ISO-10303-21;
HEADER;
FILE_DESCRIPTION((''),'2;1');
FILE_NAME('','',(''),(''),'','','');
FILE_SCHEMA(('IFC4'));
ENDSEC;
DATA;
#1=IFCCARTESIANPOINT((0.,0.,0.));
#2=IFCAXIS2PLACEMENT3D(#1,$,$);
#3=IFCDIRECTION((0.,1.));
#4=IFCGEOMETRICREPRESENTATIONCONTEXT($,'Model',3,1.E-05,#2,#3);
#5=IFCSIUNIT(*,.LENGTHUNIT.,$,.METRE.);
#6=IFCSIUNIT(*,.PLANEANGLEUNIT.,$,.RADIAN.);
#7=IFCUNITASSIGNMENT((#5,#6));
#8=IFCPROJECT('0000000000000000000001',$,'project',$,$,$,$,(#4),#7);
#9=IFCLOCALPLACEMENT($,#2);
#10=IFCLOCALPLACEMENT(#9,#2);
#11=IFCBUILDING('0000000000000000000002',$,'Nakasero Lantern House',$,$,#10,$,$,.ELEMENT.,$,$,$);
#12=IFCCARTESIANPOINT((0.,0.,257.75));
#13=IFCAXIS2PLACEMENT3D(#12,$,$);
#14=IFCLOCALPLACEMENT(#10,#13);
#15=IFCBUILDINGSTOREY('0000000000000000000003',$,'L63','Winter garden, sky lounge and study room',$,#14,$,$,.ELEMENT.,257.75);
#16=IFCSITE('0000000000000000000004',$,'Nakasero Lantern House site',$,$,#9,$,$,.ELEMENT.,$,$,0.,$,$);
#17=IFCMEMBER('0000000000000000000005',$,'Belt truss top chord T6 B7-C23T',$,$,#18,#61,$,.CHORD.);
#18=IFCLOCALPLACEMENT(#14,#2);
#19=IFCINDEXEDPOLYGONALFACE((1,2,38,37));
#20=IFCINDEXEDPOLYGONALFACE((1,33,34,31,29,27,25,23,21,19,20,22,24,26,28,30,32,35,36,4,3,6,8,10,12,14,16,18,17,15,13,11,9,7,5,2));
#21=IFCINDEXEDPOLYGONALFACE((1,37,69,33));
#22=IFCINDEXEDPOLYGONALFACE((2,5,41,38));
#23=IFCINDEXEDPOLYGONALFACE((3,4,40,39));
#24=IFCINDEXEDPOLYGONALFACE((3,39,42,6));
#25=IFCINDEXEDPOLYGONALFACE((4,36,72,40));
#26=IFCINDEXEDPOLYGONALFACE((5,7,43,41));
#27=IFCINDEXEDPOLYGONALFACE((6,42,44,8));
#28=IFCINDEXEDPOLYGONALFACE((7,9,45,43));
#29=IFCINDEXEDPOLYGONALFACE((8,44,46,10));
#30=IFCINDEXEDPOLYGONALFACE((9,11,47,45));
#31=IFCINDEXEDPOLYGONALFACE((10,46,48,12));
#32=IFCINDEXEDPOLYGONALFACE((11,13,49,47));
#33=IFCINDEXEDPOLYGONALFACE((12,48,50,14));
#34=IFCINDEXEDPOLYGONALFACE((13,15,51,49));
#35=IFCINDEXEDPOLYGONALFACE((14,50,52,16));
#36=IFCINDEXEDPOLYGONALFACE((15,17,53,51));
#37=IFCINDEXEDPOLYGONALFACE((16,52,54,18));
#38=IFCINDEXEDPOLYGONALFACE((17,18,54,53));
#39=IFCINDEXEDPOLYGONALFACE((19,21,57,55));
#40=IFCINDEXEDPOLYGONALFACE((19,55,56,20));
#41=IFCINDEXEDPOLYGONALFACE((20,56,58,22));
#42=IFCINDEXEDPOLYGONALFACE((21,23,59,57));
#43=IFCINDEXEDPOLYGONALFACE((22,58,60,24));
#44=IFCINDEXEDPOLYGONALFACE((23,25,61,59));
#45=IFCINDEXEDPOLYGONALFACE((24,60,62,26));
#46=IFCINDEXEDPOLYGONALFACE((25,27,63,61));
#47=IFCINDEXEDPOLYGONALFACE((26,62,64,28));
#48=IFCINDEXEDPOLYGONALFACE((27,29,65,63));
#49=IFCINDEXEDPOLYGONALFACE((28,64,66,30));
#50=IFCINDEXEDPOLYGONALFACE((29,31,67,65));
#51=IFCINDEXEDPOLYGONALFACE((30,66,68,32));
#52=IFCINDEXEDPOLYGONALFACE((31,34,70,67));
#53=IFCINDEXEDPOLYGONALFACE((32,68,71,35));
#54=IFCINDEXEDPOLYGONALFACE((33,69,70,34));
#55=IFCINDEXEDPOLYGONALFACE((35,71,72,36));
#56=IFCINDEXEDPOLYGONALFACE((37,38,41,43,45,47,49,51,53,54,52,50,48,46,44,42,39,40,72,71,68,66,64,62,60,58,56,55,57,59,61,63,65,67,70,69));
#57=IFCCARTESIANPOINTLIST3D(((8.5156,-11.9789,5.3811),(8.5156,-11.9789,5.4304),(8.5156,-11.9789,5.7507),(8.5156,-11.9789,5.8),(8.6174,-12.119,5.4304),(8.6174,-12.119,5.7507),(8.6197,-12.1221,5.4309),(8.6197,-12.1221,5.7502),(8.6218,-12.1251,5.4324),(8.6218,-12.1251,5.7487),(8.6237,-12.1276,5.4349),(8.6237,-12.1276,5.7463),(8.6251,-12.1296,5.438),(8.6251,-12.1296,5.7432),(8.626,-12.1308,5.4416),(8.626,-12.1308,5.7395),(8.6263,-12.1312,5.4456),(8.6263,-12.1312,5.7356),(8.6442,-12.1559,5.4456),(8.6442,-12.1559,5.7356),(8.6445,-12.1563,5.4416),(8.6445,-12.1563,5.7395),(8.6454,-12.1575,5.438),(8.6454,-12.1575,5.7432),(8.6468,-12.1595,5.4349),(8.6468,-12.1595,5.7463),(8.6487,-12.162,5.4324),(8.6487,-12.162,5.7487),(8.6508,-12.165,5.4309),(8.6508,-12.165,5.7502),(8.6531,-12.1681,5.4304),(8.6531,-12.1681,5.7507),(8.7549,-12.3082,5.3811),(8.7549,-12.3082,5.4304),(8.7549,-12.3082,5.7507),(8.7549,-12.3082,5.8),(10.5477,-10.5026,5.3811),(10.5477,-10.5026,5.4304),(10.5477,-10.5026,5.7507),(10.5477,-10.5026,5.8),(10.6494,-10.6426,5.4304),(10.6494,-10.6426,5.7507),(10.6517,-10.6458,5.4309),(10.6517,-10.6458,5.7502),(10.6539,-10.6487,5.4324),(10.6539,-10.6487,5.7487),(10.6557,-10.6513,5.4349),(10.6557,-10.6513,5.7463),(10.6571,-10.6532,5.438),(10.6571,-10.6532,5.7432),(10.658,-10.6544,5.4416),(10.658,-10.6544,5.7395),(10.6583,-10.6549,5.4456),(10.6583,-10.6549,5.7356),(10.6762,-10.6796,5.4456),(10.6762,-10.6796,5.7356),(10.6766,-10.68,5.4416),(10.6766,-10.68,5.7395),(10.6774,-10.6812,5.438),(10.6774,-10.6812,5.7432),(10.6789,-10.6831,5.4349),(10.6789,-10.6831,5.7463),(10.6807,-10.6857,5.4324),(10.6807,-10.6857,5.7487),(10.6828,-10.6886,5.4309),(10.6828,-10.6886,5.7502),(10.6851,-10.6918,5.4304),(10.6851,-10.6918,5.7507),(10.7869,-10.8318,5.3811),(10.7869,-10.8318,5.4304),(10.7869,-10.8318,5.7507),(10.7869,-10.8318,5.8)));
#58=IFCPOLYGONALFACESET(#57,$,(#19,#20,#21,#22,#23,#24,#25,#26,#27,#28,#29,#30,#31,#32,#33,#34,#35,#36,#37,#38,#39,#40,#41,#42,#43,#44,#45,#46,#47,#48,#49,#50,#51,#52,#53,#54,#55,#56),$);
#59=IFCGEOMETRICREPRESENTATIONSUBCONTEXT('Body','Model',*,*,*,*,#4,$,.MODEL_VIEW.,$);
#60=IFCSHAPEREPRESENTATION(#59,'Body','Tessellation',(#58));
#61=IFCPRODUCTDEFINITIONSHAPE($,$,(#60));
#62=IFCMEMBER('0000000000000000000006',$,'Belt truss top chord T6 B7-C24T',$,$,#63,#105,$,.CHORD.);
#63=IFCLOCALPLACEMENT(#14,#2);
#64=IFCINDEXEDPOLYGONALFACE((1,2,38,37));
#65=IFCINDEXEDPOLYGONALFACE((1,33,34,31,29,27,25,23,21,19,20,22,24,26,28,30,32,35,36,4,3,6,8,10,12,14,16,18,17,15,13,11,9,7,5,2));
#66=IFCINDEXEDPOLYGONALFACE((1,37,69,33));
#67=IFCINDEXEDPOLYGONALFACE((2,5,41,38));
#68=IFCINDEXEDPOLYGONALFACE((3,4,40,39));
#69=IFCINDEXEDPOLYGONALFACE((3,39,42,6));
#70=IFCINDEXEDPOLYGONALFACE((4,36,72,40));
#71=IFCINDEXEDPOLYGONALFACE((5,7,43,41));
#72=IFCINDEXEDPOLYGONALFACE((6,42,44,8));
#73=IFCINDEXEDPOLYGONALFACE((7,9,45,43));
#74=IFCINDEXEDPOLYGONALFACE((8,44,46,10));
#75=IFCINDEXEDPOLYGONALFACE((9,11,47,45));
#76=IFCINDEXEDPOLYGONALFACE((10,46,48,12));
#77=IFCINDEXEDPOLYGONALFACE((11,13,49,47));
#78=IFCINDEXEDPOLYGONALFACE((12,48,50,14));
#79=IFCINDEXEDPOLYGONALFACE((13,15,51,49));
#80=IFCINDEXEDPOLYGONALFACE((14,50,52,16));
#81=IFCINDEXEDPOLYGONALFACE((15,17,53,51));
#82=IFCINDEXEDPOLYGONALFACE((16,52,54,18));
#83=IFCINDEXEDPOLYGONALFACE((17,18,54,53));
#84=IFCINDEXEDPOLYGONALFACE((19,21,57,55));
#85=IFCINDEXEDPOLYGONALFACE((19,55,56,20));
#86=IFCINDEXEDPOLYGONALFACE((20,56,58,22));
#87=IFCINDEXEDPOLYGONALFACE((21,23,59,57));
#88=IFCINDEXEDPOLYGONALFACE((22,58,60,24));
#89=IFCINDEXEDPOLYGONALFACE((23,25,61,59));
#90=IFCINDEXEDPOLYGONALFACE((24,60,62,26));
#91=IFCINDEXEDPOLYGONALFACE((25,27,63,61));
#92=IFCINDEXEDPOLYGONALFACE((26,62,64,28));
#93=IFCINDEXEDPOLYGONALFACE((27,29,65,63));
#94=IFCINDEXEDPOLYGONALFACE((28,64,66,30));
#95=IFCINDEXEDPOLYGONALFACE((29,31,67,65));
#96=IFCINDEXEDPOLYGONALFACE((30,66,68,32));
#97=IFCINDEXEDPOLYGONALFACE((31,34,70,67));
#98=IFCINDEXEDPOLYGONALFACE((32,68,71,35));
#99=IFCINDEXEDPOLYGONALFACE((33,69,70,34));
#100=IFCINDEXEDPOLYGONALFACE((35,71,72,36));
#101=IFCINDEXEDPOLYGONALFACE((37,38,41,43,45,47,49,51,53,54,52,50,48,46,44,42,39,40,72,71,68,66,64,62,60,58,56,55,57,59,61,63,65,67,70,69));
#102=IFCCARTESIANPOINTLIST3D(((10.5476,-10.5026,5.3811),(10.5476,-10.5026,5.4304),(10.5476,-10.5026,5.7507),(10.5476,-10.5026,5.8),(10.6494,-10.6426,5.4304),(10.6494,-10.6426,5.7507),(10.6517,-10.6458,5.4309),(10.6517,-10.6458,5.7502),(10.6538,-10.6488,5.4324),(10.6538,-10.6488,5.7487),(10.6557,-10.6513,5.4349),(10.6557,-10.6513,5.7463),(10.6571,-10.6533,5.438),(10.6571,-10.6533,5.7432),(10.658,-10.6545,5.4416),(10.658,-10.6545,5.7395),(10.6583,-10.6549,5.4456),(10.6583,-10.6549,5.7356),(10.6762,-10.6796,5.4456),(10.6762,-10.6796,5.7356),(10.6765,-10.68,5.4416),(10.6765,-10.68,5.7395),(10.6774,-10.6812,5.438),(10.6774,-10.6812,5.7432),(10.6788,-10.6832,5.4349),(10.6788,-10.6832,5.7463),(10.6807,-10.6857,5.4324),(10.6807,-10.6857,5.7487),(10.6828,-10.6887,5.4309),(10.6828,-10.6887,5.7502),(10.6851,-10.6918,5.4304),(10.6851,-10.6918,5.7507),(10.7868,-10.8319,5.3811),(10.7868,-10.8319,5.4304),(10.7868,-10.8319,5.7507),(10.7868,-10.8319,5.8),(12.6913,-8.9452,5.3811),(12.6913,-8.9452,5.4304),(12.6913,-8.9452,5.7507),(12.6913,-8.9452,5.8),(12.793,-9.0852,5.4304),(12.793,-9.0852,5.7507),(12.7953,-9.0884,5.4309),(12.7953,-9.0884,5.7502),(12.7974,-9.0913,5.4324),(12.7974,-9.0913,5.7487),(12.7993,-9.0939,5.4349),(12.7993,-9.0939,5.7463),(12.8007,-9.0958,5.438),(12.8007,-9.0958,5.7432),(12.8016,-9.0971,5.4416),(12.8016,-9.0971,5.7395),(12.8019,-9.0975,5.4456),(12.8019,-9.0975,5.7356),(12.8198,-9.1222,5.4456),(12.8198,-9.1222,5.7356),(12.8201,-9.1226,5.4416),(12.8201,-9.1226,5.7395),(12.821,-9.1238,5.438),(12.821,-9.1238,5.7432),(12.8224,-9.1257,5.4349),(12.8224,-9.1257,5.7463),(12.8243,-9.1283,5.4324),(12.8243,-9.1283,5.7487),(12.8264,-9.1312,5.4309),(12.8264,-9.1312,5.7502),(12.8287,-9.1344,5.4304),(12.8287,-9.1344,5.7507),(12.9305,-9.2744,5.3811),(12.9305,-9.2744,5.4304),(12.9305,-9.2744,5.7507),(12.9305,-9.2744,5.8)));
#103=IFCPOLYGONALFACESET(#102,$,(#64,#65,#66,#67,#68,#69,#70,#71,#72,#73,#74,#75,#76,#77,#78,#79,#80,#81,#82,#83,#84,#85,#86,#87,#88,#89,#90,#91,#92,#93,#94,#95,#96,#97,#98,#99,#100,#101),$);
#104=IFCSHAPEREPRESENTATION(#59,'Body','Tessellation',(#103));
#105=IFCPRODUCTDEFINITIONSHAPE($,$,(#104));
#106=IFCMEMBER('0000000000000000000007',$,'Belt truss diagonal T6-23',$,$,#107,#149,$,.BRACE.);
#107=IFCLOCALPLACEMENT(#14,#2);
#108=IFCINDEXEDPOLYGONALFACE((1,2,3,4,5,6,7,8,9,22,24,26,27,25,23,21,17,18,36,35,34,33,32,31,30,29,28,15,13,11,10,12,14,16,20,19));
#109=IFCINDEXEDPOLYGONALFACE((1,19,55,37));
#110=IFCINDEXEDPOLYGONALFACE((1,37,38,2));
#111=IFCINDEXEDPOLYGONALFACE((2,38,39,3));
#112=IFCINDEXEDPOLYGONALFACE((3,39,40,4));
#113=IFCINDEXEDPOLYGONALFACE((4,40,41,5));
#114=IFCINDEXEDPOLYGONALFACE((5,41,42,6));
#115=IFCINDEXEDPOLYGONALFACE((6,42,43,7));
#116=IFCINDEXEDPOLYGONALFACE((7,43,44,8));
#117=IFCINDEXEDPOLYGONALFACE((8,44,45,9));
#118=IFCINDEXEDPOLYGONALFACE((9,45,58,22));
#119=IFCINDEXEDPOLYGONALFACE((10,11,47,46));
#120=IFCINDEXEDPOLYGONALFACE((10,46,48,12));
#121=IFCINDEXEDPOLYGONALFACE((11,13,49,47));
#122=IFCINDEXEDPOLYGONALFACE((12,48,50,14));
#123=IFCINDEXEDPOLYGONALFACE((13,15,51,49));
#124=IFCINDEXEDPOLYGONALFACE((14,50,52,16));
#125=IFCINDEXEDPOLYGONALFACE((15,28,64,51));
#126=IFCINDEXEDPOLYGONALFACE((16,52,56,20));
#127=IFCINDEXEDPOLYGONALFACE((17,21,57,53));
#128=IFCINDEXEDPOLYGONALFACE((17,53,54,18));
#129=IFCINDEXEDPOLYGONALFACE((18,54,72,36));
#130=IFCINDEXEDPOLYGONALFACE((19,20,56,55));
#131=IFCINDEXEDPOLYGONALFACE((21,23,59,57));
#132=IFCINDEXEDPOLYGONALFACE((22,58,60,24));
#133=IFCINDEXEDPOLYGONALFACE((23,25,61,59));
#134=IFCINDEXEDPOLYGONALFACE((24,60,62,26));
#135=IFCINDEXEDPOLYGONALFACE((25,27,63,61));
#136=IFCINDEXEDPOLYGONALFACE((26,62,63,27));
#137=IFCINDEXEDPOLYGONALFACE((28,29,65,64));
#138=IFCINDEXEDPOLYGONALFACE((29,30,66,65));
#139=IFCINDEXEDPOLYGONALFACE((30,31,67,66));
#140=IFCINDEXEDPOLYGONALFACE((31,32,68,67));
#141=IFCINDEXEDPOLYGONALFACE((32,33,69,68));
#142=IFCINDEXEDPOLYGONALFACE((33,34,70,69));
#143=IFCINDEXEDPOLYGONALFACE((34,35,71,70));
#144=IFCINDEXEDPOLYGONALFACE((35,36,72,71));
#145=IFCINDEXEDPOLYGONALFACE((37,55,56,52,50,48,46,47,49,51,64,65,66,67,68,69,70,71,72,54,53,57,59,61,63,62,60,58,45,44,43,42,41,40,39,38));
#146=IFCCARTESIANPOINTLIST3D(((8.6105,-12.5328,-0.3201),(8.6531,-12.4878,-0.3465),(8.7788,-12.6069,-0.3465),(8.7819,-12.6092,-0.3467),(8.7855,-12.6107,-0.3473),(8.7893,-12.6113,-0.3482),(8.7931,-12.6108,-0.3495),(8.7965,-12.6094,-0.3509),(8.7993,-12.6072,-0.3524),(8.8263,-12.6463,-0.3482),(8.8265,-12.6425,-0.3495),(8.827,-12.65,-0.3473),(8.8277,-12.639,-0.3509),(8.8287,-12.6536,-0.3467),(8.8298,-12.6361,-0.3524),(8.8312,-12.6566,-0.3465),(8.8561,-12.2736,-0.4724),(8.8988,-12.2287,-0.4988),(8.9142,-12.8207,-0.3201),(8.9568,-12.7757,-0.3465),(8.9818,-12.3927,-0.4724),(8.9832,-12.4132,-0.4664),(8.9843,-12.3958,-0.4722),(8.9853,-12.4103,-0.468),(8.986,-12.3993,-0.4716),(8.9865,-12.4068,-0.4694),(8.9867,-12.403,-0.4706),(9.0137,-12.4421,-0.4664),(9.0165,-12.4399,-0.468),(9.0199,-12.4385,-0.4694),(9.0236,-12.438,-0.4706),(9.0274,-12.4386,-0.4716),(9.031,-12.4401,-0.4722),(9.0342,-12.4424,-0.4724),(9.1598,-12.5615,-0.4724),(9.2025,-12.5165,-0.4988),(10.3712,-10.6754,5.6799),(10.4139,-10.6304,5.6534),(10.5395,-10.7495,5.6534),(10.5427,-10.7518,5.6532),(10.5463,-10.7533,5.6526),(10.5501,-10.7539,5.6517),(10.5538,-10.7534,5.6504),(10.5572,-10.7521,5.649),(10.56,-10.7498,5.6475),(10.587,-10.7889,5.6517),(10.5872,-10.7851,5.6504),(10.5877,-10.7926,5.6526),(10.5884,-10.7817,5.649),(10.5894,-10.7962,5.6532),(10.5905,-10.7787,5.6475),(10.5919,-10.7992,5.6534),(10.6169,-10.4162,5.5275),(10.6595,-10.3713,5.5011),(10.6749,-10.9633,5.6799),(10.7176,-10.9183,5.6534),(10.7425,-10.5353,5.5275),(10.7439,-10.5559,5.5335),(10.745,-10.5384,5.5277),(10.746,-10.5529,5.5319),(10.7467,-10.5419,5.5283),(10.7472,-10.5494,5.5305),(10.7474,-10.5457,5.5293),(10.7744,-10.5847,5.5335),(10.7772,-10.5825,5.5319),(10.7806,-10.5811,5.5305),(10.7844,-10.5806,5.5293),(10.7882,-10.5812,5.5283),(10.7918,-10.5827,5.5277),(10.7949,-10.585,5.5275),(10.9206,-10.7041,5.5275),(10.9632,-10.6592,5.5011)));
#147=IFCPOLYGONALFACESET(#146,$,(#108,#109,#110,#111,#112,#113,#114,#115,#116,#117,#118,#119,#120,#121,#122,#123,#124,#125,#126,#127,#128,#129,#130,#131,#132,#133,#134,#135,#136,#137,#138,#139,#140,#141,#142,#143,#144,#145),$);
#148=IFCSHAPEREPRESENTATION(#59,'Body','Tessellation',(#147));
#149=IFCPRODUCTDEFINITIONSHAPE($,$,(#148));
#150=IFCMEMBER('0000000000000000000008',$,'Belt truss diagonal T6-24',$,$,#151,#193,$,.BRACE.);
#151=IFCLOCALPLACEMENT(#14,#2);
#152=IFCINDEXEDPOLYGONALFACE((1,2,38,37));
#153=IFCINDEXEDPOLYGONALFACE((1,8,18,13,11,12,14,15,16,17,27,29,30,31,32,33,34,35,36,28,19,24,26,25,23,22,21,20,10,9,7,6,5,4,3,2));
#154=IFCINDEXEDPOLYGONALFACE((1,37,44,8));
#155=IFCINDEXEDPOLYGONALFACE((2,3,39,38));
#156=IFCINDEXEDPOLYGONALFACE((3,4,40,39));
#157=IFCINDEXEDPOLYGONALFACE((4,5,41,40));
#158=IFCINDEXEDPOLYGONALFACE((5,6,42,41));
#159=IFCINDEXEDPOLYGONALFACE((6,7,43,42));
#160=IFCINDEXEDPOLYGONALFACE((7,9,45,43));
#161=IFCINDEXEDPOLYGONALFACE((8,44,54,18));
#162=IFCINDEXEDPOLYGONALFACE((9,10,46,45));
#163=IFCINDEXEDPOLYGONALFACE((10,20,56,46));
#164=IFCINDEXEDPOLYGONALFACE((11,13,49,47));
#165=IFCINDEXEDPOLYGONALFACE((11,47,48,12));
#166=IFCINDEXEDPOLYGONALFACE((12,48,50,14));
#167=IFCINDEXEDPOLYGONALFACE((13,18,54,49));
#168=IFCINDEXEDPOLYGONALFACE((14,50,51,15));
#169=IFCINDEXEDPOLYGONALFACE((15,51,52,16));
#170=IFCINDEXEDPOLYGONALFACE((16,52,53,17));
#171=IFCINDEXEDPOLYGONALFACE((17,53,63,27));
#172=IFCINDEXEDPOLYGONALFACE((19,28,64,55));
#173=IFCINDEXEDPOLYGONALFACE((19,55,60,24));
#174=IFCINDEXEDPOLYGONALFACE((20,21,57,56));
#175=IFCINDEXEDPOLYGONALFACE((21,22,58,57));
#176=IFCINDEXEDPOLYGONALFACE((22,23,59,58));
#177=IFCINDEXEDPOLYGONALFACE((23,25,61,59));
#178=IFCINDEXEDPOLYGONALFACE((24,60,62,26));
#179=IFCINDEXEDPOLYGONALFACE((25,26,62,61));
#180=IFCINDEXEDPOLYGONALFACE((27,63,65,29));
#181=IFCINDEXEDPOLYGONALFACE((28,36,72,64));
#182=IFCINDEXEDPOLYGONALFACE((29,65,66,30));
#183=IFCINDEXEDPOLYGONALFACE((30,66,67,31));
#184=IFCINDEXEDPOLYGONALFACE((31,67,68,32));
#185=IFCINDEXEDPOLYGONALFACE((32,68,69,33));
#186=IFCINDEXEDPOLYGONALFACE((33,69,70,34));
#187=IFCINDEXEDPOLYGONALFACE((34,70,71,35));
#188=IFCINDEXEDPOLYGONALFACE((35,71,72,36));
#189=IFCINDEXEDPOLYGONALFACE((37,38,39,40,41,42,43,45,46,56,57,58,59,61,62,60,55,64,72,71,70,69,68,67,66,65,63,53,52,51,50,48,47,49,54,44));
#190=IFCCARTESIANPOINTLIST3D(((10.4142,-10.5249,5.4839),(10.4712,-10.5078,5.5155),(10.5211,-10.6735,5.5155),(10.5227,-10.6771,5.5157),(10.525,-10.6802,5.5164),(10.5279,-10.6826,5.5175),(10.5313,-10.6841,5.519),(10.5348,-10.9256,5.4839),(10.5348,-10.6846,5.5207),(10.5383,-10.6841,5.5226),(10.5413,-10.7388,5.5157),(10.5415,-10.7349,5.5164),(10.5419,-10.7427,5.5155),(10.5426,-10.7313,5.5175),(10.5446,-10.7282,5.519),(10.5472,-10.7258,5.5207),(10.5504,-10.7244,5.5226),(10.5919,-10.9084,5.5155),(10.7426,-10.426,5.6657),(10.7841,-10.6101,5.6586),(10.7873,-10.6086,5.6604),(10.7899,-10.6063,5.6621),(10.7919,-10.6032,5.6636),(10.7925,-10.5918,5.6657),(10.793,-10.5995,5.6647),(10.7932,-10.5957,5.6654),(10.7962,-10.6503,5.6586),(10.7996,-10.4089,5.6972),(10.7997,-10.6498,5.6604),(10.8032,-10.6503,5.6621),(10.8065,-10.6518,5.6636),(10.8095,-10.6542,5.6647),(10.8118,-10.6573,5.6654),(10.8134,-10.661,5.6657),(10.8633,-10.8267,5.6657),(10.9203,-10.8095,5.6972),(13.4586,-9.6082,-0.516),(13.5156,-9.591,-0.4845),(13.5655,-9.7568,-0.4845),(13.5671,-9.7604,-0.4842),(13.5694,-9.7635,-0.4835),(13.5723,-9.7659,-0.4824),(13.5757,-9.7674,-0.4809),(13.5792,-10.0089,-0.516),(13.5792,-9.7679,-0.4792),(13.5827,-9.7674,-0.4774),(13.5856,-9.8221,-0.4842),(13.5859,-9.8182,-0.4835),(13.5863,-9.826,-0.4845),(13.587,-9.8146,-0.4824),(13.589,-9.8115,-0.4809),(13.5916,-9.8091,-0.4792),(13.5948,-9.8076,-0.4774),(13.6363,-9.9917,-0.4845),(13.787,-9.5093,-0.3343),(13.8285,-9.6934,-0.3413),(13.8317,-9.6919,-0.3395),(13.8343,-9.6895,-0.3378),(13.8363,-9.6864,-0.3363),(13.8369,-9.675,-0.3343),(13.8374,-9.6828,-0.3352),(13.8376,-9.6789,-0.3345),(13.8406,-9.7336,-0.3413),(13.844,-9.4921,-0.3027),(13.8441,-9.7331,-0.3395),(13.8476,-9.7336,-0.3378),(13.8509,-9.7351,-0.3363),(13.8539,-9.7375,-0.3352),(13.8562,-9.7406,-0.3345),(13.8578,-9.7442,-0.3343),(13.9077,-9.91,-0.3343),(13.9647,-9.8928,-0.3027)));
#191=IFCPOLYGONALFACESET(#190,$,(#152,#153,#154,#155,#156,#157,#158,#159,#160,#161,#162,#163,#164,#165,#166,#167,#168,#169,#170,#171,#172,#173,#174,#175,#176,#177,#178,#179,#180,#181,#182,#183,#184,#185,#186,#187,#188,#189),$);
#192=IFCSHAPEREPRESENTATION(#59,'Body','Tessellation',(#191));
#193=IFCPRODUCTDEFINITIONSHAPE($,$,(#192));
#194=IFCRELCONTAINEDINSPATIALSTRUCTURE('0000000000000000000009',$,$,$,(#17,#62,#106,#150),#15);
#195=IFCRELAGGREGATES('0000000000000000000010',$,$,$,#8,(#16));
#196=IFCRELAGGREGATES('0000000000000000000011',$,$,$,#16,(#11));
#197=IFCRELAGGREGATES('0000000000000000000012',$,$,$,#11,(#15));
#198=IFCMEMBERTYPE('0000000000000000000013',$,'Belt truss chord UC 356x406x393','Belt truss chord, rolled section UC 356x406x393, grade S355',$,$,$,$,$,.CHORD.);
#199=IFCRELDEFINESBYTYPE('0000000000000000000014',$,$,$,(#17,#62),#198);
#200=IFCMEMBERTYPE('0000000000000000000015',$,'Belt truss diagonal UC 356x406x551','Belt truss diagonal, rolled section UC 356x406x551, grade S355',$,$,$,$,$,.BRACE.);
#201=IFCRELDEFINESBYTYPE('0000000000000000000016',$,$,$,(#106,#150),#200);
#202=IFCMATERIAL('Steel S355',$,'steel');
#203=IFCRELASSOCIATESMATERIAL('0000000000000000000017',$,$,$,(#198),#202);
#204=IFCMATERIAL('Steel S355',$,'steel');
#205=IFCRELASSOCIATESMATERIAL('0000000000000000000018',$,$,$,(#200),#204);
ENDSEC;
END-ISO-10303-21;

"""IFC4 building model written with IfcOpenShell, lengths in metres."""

from ifc_helpers import new_model, si_unit, direction, frame, origin, origin_2d, place, context, subcontext, project, spatial, i_section, extrude, material, material_profile, profile_set, type_object, element, save


model = new_model("IFC4")

# Units and contexts
model_context = context("Model", 3, precision=1e-05, world=origin(), true_north=direction((0.0, 1.0)))
body_context = subcontext(model_context, "Body", "Model", "MODEL_VIEW")
ifc_project = project(units=[si_unit("LENGTHUNIT", "METRE"), si_unit("PLANEANGLEUNIT", "RADIAN")], contexts=[model_context])

# Site, building, storey
site_placement = place(None, origin())
site = spatial("IfcSite", under=ifc_project, at=site_placement, Name="Nakasero Lantern House site", CompositionType="ELEMENT", RefElevation=0.0)
building_placement = place(site_placement, origin())
building = spatial("IfcBuilding", under=site, at=building_placement, Name="Nakasero Lantern House", CompositionType="ELEMENT")
storey_placement = place(building_placement, frame((0.0, 0.0, 257.75)))
storey = spatial("IfcBuildingStorey", under=building, at=storey_placement, Name="L63", Description="Winter garden, sky lounge and study room", CompositionType="ELEMENT", Elevation=257.75)

# Members
ifc_material_1 = material(Name="Steel S355", Category="steel")
ifc_material_profile_1 = material_profile(ifc_material_1, i_section(OverallWidth=0.407, OverallDepth=0.4189, WebThickness=0.0305, FlangeThickness=0.0493, FilletRadius=0.0151, at=origin_2d()), Name="UC 356x406x393")
ifc_profile_set_1 = profile_set([ifc_material_profile_1], Name="Steel S355")
member_type_1 = type_object("IfcMemberType", Name="Belt truss chord UC 356x406x393", Description="Belt truss chord, rolled section UC 356x406x393, grade S355", PredefinedType="CHORD", material=ifc_profile_set_1)
member_1_placement = place(storey_placement, frame((8.6353, -12.1436, 5.5906), z_axis=(0.809018, 0.587784, 0.0), x_axis=(-0.587784, 0.809018, 0.0)))
element("IfcMember", 1, at=member_1_placement, inside=storey, type_object=member_type_1, Name="Belt truss top chord T6 B7-C23T", PredefinedType="CHORD", context=body_context, shape_type="SweptSolid", body=[
    extrude(i_section(OverallWidth=0.407, OverallDepth=0.4189, WebThickness=0.0305, FlangeThickness=0.0493, FilletRadius=0.0151, at=origin_2d()), origin(), (0.0, 0.0, 1.0), 2.5117),
])
member_2_placement = place(storey_placement, frame((10.6672, -10.6672, 5.5906), z_axis=(0.809019, 0.587783, 0.0), x_axis=(-0.587783, 0.809019, 0.0)))
element("IfcMember", 2, at=member_2_placement, inside=storey, type_object=member_type_1, Name="Belt truss top chord T6 B7-C24T", PredefinedType="CHORD", context=body_context, shape_type="SweptSolid", body=[
    extrude(i_section(OverallWidth=0.407, OverallDepth=0.4189, WebThickness=0.0305, FlangeThickness=0.0493, FilletRadius=0.0151, at=origin_2d()), origin(), (0.0, 0.0, 1.0), 2.6497),
])
ifc_material_2 = material(Name="Steel S355", Category="steel")
ifc_material_profile_2 = material_profile(ifc_material_2, i_section(OverallWidth=0.4185, OverallDepth=0.4556, WebThickness=0.042, FlangeThickness=0.0674, FilletRadius=0.0151, at=origin_2d()), Name="UC 356x406x551")
ifc_profile_set_2 = profile_set([ifc_material_profile_2], Name="Steel S355")
member_type_2 = type_object("IfcMemberType", Name="Belt truss diagonal UC 356x406x551", Description="Belt truss diagonal, rolled section UC 356x406x551, grade S355", PredefinedType="BRACE", material=ifc_profile_set_2)
member_3_placement = place(storey_placement, frame((8.9065, -12.5247, -0.4094), z_axis=(0.269926, 0.284747, 0.919815), x_axis=(-0.725742, 0.687967, 0.0)))
element("IfcMember", 3, at=member_3_placement, inside=storey, type_object=member_type_2, Name="Belt truss diagonal T6-23", PredefinedType="BRACE", context=body_context, shape_type="SweptSolid", body=[
    extrude(i_section(OverallWidth=0.4185, OverallDepth=0.4556, WebThickness=0.042, FlangeThickness=0.0674, FilletRadius=0.0151, at=origin_2d()), origin(), (0.0, 0.0, 1.0), 6.5229),
])
member_4_placement = place(storey_placement, frame((10.6672, -10.6672, 5.5906), z_axis=(0.448346, 0.135007, -0.883605), x_axis=(-0.288334, 0.95753, 0.0)))
element("IfcMember", 4, at=member_4_placement, inside=storey, type_object=member_type_2, Name="Belt truss diagonal T6-24", PredefinedType="BRACE", context=body_context, shape_type="SweptSolid", body=[
    extrude(i_section(OverallWidth=0.4185, OverallDepth=0.4556, WebThickness=0.042, FlangeThickness=0.0674, FilletRadius=0.0151, at=origin_2d()), origin(), (0.0, 0.0, 1.0), 6.7903),
])

save(model, "model.ifc")
